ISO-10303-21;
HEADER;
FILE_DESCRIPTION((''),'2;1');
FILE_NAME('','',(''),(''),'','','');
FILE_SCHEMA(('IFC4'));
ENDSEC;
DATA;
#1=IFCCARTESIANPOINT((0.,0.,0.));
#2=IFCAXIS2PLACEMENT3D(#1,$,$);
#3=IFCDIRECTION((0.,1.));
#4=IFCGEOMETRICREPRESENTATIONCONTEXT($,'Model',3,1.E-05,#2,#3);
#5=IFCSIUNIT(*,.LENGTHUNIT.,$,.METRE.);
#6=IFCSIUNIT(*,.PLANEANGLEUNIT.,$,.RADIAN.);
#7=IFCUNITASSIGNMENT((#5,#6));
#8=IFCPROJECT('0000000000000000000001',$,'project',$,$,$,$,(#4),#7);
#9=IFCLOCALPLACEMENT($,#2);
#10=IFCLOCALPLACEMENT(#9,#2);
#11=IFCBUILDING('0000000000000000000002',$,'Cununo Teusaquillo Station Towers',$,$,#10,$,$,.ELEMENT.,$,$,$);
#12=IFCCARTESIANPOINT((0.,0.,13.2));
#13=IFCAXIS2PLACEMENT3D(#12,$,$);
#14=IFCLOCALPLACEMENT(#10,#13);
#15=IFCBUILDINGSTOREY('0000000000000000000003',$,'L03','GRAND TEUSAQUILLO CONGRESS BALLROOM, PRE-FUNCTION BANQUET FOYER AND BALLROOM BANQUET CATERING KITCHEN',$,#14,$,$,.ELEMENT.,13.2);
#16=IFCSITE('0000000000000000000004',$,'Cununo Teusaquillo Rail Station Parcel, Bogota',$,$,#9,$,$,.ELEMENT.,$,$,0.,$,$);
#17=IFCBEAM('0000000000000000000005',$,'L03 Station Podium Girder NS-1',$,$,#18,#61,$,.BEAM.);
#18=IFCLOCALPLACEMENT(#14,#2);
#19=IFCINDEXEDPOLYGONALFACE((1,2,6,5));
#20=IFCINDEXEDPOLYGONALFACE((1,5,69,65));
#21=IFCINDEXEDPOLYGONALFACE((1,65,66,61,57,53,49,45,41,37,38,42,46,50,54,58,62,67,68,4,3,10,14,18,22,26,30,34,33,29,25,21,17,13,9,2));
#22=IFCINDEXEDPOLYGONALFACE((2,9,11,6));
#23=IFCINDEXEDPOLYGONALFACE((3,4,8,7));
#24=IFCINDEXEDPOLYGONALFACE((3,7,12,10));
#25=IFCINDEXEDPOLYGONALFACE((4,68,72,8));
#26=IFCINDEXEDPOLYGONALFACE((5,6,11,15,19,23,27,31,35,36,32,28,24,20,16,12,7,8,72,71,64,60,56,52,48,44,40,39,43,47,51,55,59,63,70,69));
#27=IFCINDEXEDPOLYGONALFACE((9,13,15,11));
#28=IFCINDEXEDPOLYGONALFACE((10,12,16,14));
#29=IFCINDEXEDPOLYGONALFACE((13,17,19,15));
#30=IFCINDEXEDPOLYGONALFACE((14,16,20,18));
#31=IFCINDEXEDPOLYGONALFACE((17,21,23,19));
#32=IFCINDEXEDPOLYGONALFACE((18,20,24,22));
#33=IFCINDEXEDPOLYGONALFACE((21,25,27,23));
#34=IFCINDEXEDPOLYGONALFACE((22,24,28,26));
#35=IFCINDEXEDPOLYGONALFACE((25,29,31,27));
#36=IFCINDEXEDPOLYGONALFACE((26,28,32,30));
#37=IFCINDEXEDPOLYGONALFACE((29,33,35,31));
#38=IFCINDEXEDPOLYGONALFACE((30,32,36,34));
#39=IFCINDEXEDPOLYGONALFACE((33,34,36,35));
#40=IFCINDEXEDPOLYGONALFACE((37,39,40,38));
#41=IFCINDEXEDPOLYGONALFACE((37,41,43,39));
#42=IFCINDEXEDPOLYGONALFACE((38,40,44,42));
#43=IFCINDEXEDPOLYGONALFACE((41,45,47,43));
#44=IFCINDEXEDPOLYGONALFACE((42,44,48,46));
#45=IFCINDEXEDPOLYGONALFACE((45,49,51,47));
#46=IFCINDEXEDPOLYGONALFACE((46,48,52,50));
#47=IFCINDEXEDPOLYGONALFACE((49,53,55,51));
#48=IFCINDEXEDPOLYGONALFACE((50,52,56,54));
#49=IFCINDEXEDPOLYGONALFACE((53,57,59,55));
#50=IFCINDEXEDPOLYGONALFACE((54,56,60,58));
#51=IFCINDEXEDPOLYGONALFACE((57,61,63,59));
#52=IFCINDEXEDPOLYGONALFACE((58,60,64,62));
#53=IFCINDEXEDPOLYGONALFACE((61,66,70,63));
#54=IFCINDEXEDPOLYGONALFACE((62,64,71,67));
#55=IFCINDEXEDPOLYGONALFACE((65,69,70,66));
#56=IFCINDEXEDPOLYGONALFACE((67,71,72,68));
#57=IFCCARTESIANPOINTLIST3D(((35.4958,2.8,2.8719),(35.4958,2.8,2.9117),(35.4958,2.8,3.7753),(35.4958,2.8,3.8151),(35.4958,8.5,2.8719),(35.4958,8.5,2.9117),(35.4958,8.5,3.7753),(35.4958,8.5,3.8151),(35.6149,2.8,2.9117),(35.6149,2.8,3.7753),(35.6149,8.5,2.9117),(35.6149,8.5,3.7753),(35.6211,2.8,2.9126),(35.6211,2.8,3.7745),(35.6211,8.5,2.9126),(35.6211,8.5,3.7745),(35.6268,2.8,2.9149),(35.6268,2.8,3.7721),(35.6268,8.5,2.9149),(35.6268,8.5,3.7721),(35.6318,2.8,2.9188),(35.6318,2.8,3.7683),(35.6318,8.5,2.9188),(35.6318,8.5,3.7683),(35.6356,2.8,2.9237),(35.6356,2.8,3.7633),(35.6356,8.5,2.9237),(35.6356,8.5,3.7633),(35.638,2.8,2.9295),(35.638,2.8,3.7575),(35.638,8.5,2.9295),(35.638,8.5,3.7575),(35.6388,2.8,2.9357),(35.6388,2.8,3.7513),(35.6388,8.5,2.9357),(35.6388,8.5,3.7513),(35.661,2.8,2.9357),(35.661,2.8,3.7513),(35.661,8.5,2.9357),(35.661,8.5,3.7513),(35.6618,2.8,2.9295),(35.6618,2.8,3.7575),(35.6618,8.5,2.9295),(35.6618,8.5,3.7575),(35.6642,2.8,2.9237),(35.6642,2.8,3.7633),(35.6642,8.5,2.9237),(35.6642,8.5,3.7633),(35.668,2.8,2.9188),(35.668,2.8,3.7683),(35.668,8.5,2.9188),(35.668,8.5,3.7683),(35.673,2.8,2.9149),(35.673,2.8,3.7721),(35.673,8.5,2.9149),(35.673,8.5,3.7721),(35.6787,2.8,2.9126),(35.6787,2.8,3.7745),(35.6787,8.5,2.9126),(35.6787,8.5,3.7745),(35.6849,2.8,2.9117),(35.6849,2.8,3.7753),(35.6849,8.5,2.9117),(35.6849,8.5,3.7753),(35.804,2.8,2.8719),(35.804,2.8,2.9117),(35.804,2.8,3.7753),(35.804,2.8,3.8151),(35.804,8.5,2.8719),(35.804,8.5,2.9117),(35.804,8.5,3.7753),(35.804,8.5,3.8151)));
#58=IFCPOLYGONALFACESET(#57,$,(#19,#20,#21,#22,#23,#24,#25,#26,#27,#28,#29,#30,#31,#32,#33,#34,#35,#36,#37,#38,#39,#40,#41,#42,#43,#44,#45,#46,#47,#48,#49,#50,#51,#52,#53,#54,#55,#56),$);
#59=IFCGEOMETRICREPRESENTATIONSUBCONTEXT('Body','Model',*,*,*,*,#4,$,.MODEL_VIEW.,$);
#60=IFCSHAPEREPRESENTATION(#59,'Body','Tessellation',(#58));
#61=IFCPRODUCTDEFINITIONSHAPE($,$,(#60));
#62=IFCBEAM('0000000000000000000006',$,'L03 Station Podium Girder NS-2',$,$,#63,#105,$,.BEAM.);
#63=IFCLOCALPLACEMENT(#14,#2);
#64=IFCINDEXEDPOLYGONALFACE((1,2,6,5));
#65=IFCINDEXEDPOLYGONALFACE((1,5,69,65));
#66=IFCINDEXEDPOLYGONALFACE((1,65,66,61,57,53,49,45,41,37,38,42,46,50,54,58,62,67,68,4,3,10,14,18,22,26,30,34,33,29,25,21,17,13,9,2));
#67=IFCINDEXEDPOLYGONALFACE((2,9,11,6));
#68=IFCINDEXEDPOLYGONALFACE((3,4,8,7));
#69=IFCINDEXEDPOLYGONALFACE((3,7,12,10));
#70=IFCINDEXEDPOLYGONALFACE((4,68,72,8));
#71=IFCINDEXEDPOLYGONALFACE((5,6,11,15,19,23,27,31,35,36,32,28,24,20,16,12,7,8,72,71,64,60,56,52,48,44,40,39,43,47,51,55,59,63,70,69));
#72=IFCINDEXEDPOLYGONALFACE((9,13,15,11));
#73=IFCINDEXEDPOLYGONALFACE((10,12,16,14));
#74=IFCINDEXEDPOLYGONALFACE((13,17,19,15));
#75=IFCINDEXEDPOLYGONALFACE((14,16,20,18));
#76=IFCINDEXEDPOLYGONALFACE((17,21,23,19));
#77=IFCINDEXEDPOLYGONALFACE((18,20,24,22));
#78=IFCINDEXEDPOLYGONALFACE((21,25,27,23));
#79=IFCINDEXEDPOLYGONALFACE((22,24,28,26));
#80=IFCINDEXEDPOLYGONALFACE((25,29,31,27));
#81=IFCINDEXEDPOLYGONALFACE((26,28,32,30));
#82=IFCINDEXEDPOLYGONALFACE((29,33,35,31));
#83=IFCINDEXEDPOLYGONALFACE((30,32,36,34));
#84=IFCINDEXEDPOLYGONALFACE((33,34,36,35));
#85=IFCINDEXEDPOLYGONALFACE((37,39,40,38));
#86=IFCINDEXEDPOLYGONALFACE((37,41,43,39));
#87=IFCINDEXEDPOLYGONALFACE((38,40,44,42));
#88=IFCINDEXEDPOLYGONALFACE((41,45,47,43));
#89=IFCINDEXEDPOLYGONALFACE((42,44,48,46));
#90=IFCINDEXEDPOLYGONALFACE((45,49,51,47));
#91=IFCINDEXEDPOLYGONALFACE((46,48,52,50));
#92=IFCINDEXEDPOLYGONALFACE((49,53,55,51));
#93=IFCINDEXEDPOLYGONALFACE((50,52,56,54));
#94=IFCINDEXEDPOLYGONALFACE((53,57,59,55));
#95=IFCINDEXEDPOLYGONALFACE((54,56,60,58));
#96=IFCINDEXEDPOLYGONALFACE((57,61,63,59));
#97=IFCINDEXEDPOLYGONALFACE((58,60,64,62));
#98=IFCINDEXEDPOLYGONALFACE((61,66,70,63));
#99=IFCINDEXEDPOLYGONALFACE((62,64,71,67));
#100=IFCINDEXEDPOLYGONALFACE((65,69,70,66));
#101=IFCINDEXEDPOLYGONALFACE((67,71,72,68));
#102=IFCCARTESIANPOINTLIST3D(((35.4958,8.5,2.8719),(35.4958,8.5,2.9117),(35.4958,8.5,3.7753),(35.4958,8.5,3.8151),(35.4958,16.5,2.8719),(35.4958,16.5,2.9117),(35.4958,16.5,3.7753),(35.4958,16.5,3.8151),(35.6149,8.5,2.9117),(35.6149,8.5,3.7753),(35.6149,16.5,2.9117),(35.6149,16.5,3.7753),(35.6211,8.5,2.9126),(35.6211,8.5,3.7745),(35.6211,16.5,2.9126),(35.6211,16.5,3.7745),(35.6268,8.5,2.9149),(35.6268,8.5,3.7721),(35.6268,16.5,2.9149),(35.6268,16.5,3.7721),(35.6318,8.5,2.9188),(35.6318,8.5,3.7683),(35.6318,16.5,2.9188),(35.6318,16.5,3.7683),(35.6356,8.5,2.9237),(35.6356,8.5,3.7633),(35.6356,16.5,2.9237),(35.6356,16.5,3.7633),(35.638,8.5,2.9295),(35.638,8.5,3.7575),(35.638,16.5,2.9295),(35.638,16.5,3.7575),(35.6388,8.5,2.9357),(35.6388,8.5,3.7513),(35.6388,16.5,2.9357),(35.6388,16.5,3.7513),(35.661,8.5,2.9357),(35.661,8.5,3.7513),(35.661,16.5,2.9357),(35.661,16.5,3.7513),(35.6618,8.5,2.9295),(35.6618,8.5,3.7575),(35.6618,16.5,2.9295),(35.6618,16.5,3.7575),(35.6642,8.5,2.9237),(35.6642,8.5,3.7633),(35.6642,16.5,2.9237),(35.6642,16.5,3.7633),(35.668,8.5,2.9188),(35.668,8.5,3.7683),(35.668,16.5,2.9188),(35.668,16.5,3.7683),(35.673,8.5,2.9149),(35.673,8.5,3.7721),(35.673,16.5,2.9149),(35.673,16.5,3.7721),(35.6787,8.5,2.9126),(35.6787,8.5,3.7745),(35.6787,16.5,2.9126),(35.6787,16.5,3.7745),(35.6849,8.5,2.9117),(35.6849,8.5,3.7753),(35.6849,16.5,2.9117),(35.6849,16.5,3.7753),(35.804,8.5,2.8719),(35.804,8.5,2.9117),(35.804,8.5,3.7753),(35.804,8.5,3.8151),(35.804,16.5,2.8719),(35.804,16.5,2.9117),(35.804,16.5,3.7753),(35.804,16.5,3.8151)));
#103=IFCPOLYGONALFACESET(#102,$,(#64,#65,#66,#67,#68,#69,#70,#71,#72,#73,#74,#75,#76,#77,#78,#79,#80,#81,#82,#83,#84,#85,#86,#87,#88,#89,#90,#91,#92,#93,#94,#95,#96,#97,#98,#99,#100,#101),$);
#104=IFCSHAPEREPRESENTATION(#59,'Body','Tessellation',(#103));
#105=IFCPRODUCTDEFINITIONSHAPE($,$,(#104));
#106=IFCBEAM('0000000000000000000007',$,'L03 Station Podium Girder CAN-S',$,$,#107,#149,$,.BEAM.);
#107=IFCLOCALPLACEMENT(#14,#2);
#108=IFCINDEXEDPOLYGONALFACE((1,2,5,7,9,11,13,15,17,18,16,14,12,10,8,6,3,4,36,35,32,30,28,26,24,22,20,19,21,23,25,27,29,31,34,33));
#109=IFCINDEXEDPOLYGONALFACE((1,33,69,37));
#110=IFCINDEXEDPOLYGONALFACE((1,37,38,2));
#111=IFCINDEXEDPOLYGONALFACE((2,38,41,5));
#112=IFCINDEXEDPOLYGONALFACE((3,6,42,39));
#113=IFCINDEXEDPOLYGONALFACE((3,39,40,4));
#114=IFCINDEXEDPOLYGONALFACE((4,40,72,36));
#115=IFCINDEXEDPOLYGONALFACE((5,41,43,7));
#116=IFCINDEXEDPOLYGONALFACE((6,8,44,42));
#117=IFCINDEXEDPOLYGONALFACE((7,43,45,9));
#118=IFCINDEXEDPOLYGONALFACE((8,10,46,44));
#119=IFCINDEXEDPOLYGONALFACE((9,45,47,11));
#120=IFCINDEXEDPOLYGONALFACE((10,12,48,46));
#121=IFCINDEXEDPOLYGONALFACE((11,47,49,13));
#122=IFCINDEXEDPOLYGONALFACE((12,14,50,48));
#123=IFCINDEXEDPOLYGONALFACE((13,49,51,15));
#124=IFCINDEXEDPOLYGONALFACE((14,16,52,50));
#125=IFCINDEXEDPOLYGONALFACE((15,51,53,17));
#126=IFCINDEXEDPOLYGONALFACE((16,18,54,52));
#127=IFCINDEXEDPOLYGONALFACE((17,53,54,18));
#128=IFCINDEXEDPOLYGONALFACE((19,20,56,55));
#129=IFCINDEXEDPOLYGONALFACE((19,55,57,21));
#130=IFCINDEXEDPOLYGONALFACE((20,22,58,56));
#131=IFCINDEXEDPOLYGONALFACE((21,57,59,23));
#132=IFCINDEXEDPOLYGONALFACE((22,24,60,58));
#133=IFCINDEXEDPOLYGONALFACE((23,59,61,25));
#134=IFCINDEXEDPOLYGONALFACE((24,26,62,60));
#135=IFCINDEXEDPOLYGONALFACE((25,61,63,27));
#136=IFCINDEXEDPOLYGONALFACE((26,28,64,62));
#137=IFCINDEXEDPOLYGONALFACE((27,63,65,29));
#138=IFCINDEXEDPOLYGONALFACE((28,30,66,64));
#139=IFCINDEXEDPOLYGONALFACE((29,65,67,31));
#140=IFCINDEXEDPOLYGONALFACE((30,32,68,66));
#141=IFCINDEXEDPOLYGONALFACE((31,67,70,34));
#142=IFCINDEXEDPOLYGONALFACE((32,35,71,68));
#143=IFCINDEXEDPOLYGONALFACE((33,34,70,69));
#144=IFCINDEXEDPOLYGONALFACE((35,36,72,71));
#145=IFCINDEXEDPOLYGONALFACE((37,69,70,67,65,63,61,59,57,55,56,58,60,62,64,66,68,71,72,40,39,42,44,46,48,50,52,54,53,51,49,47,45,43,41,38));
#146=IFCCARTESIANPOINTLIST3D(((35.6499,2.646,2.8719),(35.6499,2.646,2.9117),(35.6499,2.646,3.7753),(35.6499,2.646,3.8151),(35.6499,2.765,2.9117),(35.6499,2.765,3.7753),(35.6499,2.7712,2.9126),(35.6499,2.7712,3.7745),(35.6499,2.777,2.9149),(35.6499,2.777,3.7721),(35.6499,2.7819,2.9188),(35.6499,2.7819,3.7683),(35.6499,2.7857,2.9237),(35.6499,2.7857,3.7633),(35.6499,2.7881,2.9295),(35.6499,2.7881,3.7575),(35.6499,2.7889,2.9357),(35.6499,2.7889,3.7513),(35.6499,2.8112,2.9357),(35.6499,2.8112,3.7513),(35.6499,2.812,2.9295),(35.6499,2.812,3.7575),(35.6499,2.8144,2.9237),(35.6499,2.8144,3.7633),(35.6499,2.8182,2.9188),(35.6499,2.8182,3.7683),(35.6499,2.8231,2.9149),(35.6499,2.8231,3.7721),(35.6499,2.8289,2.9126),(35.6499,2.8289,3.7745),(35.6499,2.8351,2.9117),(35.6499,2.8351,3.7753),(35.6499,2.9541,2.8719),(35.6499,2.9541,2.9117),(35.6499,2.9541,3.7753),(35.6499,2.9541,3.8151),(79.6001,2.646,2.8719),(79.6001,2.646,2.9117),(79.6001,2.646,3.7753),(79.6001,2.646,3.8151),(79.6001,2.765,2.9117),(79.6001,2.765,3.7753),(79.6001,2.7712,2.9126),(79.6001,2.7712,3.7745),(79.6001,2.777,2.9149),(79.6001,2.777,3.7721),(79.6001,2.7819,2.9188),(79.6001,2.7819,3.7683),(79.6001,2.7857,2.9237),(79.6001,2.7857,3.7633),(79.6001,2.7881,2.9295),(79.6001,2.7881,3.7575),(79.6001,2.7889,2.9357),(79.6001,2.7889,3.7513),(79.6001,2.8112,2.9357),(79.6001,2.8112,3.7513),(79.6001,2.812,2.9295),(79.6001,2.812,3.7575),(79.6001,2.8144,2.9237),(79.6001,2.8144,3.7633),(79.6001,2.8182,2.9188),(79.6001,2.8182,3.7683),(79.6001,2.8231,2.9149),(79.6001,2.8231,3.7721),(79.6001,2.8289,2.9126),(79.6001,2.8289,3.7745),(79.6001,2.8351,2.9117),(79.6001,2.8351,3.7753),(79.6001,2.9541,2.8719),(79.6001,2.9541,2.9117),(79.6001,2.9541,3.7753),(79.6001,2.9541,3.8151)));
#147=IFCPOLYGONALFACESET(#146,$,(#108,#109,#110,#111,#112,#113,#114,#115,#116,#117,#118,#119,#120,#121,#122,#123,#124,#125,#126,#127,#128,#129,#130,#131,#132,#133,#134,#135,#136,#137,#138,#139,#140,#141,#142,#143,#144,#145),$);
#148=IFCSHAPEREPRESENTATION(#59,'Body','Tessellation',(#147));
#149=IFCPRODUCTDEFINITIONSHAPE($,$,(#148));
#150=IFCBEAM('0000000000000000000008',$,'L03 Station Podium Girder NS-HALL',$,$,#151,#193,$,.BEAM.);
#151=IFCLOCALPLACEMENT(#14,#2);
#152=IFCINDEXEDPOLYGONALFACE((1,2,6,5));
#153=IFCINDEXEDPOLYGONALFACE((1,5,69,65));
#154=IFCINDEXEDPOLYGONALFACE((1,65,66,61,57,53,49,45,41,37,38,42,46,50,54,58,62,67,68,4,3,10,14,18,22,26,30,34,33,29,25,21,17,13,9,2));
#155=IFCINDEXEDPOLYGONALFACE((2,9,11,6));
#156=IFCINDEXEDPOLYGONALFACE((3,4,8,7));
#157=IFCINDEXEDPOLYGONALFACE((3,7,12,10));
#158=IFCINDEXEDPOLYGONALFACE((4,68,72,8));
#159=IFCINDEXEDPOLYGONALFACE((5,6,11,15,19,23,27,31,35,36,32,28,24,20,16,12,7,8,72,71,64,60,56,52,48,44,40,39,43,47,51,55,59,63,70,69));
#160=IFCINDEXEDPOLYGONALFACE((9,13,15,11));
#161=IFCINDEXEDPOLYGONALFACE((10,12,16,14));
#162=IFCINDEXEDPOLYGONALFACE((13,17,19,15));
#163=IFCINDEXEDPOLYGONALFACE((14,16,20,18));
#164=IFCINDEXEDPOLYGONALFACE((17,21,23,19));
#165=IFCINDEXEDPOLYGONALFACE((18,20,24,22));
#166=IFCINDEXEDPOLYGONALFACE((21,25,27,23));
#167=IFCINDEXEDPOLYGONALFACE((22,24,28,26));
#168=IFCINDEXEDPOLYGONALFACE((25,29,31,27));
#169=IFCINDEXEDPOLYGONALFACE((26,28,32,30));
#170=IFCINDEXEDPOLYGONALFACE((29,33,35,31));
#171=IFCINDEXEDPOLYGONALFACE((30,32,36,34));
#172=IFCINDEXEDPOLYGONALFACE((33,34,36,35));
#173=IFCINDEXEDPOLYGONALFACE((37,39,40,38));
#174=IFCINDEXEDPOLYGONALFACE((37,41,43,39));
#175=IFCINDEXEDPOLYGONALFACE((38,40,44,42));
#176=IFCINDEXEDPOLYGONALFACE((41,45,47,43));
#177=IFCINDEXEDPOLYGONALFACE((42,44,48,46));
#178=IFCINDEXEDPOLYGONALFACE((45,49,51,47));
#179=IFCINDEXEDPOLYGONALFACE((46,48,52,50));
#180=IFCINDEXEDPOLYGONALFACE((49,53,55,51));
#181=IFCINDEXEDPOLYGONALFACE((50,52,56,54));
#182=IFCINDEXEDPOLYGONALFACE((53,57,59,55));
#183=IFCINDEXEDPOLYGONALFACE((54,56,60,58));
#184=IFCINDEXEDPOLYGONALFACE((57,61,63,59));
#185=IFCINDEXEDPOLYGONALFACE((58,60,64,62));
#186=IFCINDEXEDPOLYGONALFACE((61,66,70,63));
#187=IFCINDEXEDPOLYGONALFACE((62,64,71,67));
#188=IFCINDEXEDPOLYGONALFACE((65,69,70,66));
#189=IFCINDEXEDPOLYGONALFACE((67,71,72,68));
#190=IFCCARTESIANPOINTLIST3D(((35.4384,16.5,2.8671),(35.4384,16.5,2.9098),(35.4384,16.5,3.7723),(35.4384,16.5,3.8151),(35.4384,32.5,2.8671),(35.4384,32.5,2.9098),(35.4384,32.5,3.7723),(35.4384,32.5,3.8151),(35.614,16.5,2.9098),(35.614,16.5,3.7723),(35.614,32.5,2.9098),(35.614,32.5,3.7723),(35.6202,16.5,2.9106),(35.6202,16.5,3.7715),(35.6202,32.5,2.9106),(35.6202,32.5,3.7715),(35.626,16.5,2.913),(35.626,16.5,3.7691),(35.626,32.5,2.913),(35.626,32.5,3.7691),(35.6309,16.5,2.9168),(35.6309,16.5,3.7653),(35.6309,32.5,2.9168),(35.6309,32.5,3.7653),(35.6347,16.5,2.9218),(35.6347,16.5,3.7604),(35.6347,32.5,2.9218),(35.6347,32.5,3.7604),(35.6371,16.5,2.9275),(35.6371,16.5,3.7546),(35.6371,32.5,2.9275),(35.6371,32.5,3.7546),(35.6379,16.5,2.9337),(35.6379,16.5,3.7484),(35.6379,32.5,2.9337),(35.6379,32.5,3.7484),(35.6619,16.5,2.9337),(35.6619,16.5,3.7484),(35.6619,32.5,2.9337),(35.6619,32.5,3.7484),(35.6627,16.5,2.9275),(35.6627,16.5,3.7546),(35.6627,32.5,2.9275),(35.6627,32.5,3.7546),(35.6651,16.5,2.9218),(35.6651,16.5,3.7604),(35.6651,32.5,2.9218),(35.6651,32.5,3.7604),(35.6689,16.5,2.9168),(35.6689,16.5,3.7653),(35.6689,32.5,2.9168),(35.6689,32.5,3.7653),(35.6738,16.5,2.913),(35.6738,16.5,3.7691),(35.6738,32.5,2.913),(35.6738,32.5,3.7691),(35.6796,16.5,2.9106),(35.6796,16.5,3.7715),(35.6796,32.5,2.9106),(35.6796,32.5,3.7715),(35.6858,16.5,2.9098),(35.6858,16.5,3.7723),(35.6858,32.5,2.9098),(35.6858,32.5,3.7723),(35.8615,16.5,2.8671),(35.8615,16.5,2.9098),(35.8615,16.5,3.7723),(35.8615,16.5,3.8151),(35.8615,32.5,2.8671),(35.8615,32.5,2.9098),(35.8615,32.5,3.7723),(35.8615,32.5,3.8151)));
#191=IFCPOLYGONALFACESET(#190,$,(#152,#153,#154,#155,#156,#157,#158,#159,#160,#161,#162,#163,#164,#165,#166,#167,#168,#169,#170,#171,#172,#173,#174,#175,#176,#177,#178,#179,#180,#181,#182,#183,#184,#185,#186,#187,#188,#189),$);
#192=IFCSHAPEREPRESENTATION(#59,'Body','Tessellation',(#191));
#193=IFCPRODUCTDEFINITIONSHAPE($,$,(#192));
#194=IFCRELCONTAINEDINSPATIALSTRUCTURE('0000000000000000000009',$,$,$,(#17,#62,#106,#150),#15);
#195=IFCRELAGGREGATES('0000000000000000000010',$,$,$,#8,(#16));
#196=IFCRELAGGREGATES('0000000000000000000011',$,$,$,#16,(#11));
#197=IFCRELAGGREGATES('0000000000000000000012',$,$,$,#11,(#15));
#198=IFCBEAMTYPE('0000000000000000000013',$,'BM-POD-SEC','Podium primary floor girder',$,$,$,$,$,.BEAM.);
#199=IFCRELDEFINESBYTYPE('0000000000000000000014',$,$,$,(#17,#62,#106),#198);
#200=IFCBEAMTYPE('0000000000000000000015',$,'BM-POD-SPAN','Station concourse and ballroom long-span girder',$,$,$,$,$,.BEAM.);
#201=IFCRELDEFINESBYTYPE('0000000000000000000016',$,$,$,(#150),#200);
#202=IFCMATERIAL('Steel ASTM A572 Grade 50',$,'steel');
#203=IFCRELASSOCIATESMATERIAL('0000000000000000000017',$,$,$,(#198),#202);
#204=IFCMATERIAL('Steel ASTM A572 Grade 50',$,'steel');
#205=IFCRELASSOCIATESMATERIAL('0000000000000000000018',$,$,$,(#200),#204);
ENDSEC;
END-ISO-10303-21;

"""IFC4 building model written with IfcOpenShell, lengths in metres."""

from ifc_helpers import new_model, si_unit, direction, frame, origin, origin_2d, place, context, subcontext, project, spatial, i_section, extrude, material, material_profile, profile_set, type_object, element, save


model = new_model("IFC4")

# Units and contexts
model_context = context("Model", 3, precision=1e-05, world=origin(), true_north=direction((0.0, 1.0)))
body_context = subcontext(model_context, "Body", "Model", "MODEL_VIEW")
ifc_project = project(units=[si_unit("LENGTHUNIT", "METRE"), si_unit("PLANEANGLEUNIT", "RADIAN")], contexts=[model_context])

# Site, building, storey
site_placement = place(None, origin())
site = spatial("IfcSite", under=ifc_project, at=site_placement, Name="Cununo Teusaquillo Rail Station Parcel, Bogota", CompositionType="ELEMENT", RefElevation=0.0)
building_placement = place(site_placement, origin())
building = spatial("IfcBuilding", under=site, at=building_placement, Name="Cununo Teusaquillo Station Towers", CompositionType="ELEMENT")
storey_placement = place(building_placement, frame((0.0, 0.0, 13.2)))
storey = spatial("IfcBuildingStorey", under=building, at=storey_placement, Name="L03", Description="GRAND TEUSAQUILLO CONGRESS BALLROOM, PRE-FUNCTION BANQUET FOYER AND BALLROOM BANQUET CATERING KITCHEN", CompositionType="ELEMENT", Elevation=13.2)

# Beams
ifc_material_1 = material(Name="Steel ASTM A572 Grade 50", Category="steel")
ifc_material_profile_1 = material_profile(ifc_material_1, i_section(OverallWidth=0.3081, OverallDepth=0.9431, WebThickness=0.0222, FlangeThickness=0.0398, FilletRadius=0.0239, at=origin_2d()), Name="W36X232")
ifc_profile_set_1 = profile_set([ifc_material_profile_1], Name="Steel ASTM A572 Grade 50")
beam_type_1 = type_object("IfcBeamType", Name="BM-POD-SEC", Description="Podium primary floor girder", PredefinedType="BEAM", material=ifc_profile_set_1)
beam_1_placement = place(storey_placement, frame((35.6499, 2.8, 3.3435), z_axis=(0.0, 1.0, 0.0), x_axis=(-1.0, 0.0, 0.0)))
element("IfcBeam", 1, at=beam_1_placement, inside=storey, type_object=beam_type_1, Name="L03 Station Podium Girder NS-1", PredefinedType="BEAM", context=body_context, shape_type="SweptSolid", body=[
    extrude(i_section(OverallWidth=0.3081, OverallDepth=0.9431, WebThickness=0.0222, FlangeThickness=0.0398, FilletRadius=0.0239, at=origin_2d()), origin(), (0.0, 0.0, 1.0), 5.7),
])
beam_2_placement = place(storey_placement, frame((35.6499, 8.5, 3.3435), z_axis=(0.0, 1.0, 0.0), x_axis=(-1.0, 0.0, 0.0)))
element("IfcBeam", 2, at=beam_2_placement, inside=storey, type_object=beam_type_1, Name="L03 Station Podium Girder NS-2", PredefinedType="BEAM", context=body_context, shape_type="SweptSolid", body=[
    extrude(i_section(OverallWidth=0.3081, OverallDepth=0.9431, WebThickness=0.0222, FlangeThickness=0.0398, FilletRadius=0.0239, at=origin_2d()), origin(), (0.0, 0.0, 1.0), 8.0),
])
beam_3_placement = place(storey_placement, frame((35.6499, 2.8, 3.3435), z_axis=(1.0, 0.0, 0.0), x_axis=(0.0, 1.0, 0.0)))
element("IfcBeam", 3, at=beam_3_placement, inside=storey, type_object=beam_type_1, Name="L03 Station Podium Girder CAN-S", PredefinedType="BEAM", context=body_context, shape_type="SweptSolid", body=[
    extrude(i_section(OverallWidth=0.3081, OverallDepth=0.9431, WebThickness=0.0222, FlangeThickness=0.0398, FilletRadius=0.0239, at=origin_2d()), origin(), (0.0, 0.0, 1.0), 43.9502),
])
ifc_material_2 = material(Name="Steel ASTM A572 Grade 50", Category="steel")
ifc_material_profile_2 = material_profile(ifc_material_2, i_section(OverallWidth=0.4231, OverallDepth=0.948, WebThickness=0.0239, FlangeThickness=0.0427, FilletRadius=0.0239, at=origin_2d()), Name="W36X302")
ifc_profile_set_2 = profile_set([ifc_material_profile_2], Name="Steel ASTM A572 Grade 50")
beam_type_2 = type_object("IfcBeamType", Name="BM-POD-SPAN", Description="Station concourse and ballroom long-span girder", PredefinedType="BEAM", material=ifc_profile_set_2)
beam_4_placement = place(storey_placement, frame((35.6499, 16.5, 3.3411), z_axis=(0.0, 1.0, 0.0), x_axis=(-1.0, 0.0, 0.0)))
element("IfcBeam", 4, at=beam_4_placement, inside=storey, type_object=beam_type_2, Name="L03 Station Podium Girder NS-HALL", PredefinedType="BEAM", context=body_context, shape_type="SweptSolid", body=[
    extrude(i_section(OverallWidth=0.4231, OverallDepth=0.948, WebThickness=0.0239, FlangeThickness=0.0427, FilletRadius=0.0239, at=origin_2d()), origin(), (0.0, 0.0, 1.0), 16.0),
])

save(model, "model.ifc")
